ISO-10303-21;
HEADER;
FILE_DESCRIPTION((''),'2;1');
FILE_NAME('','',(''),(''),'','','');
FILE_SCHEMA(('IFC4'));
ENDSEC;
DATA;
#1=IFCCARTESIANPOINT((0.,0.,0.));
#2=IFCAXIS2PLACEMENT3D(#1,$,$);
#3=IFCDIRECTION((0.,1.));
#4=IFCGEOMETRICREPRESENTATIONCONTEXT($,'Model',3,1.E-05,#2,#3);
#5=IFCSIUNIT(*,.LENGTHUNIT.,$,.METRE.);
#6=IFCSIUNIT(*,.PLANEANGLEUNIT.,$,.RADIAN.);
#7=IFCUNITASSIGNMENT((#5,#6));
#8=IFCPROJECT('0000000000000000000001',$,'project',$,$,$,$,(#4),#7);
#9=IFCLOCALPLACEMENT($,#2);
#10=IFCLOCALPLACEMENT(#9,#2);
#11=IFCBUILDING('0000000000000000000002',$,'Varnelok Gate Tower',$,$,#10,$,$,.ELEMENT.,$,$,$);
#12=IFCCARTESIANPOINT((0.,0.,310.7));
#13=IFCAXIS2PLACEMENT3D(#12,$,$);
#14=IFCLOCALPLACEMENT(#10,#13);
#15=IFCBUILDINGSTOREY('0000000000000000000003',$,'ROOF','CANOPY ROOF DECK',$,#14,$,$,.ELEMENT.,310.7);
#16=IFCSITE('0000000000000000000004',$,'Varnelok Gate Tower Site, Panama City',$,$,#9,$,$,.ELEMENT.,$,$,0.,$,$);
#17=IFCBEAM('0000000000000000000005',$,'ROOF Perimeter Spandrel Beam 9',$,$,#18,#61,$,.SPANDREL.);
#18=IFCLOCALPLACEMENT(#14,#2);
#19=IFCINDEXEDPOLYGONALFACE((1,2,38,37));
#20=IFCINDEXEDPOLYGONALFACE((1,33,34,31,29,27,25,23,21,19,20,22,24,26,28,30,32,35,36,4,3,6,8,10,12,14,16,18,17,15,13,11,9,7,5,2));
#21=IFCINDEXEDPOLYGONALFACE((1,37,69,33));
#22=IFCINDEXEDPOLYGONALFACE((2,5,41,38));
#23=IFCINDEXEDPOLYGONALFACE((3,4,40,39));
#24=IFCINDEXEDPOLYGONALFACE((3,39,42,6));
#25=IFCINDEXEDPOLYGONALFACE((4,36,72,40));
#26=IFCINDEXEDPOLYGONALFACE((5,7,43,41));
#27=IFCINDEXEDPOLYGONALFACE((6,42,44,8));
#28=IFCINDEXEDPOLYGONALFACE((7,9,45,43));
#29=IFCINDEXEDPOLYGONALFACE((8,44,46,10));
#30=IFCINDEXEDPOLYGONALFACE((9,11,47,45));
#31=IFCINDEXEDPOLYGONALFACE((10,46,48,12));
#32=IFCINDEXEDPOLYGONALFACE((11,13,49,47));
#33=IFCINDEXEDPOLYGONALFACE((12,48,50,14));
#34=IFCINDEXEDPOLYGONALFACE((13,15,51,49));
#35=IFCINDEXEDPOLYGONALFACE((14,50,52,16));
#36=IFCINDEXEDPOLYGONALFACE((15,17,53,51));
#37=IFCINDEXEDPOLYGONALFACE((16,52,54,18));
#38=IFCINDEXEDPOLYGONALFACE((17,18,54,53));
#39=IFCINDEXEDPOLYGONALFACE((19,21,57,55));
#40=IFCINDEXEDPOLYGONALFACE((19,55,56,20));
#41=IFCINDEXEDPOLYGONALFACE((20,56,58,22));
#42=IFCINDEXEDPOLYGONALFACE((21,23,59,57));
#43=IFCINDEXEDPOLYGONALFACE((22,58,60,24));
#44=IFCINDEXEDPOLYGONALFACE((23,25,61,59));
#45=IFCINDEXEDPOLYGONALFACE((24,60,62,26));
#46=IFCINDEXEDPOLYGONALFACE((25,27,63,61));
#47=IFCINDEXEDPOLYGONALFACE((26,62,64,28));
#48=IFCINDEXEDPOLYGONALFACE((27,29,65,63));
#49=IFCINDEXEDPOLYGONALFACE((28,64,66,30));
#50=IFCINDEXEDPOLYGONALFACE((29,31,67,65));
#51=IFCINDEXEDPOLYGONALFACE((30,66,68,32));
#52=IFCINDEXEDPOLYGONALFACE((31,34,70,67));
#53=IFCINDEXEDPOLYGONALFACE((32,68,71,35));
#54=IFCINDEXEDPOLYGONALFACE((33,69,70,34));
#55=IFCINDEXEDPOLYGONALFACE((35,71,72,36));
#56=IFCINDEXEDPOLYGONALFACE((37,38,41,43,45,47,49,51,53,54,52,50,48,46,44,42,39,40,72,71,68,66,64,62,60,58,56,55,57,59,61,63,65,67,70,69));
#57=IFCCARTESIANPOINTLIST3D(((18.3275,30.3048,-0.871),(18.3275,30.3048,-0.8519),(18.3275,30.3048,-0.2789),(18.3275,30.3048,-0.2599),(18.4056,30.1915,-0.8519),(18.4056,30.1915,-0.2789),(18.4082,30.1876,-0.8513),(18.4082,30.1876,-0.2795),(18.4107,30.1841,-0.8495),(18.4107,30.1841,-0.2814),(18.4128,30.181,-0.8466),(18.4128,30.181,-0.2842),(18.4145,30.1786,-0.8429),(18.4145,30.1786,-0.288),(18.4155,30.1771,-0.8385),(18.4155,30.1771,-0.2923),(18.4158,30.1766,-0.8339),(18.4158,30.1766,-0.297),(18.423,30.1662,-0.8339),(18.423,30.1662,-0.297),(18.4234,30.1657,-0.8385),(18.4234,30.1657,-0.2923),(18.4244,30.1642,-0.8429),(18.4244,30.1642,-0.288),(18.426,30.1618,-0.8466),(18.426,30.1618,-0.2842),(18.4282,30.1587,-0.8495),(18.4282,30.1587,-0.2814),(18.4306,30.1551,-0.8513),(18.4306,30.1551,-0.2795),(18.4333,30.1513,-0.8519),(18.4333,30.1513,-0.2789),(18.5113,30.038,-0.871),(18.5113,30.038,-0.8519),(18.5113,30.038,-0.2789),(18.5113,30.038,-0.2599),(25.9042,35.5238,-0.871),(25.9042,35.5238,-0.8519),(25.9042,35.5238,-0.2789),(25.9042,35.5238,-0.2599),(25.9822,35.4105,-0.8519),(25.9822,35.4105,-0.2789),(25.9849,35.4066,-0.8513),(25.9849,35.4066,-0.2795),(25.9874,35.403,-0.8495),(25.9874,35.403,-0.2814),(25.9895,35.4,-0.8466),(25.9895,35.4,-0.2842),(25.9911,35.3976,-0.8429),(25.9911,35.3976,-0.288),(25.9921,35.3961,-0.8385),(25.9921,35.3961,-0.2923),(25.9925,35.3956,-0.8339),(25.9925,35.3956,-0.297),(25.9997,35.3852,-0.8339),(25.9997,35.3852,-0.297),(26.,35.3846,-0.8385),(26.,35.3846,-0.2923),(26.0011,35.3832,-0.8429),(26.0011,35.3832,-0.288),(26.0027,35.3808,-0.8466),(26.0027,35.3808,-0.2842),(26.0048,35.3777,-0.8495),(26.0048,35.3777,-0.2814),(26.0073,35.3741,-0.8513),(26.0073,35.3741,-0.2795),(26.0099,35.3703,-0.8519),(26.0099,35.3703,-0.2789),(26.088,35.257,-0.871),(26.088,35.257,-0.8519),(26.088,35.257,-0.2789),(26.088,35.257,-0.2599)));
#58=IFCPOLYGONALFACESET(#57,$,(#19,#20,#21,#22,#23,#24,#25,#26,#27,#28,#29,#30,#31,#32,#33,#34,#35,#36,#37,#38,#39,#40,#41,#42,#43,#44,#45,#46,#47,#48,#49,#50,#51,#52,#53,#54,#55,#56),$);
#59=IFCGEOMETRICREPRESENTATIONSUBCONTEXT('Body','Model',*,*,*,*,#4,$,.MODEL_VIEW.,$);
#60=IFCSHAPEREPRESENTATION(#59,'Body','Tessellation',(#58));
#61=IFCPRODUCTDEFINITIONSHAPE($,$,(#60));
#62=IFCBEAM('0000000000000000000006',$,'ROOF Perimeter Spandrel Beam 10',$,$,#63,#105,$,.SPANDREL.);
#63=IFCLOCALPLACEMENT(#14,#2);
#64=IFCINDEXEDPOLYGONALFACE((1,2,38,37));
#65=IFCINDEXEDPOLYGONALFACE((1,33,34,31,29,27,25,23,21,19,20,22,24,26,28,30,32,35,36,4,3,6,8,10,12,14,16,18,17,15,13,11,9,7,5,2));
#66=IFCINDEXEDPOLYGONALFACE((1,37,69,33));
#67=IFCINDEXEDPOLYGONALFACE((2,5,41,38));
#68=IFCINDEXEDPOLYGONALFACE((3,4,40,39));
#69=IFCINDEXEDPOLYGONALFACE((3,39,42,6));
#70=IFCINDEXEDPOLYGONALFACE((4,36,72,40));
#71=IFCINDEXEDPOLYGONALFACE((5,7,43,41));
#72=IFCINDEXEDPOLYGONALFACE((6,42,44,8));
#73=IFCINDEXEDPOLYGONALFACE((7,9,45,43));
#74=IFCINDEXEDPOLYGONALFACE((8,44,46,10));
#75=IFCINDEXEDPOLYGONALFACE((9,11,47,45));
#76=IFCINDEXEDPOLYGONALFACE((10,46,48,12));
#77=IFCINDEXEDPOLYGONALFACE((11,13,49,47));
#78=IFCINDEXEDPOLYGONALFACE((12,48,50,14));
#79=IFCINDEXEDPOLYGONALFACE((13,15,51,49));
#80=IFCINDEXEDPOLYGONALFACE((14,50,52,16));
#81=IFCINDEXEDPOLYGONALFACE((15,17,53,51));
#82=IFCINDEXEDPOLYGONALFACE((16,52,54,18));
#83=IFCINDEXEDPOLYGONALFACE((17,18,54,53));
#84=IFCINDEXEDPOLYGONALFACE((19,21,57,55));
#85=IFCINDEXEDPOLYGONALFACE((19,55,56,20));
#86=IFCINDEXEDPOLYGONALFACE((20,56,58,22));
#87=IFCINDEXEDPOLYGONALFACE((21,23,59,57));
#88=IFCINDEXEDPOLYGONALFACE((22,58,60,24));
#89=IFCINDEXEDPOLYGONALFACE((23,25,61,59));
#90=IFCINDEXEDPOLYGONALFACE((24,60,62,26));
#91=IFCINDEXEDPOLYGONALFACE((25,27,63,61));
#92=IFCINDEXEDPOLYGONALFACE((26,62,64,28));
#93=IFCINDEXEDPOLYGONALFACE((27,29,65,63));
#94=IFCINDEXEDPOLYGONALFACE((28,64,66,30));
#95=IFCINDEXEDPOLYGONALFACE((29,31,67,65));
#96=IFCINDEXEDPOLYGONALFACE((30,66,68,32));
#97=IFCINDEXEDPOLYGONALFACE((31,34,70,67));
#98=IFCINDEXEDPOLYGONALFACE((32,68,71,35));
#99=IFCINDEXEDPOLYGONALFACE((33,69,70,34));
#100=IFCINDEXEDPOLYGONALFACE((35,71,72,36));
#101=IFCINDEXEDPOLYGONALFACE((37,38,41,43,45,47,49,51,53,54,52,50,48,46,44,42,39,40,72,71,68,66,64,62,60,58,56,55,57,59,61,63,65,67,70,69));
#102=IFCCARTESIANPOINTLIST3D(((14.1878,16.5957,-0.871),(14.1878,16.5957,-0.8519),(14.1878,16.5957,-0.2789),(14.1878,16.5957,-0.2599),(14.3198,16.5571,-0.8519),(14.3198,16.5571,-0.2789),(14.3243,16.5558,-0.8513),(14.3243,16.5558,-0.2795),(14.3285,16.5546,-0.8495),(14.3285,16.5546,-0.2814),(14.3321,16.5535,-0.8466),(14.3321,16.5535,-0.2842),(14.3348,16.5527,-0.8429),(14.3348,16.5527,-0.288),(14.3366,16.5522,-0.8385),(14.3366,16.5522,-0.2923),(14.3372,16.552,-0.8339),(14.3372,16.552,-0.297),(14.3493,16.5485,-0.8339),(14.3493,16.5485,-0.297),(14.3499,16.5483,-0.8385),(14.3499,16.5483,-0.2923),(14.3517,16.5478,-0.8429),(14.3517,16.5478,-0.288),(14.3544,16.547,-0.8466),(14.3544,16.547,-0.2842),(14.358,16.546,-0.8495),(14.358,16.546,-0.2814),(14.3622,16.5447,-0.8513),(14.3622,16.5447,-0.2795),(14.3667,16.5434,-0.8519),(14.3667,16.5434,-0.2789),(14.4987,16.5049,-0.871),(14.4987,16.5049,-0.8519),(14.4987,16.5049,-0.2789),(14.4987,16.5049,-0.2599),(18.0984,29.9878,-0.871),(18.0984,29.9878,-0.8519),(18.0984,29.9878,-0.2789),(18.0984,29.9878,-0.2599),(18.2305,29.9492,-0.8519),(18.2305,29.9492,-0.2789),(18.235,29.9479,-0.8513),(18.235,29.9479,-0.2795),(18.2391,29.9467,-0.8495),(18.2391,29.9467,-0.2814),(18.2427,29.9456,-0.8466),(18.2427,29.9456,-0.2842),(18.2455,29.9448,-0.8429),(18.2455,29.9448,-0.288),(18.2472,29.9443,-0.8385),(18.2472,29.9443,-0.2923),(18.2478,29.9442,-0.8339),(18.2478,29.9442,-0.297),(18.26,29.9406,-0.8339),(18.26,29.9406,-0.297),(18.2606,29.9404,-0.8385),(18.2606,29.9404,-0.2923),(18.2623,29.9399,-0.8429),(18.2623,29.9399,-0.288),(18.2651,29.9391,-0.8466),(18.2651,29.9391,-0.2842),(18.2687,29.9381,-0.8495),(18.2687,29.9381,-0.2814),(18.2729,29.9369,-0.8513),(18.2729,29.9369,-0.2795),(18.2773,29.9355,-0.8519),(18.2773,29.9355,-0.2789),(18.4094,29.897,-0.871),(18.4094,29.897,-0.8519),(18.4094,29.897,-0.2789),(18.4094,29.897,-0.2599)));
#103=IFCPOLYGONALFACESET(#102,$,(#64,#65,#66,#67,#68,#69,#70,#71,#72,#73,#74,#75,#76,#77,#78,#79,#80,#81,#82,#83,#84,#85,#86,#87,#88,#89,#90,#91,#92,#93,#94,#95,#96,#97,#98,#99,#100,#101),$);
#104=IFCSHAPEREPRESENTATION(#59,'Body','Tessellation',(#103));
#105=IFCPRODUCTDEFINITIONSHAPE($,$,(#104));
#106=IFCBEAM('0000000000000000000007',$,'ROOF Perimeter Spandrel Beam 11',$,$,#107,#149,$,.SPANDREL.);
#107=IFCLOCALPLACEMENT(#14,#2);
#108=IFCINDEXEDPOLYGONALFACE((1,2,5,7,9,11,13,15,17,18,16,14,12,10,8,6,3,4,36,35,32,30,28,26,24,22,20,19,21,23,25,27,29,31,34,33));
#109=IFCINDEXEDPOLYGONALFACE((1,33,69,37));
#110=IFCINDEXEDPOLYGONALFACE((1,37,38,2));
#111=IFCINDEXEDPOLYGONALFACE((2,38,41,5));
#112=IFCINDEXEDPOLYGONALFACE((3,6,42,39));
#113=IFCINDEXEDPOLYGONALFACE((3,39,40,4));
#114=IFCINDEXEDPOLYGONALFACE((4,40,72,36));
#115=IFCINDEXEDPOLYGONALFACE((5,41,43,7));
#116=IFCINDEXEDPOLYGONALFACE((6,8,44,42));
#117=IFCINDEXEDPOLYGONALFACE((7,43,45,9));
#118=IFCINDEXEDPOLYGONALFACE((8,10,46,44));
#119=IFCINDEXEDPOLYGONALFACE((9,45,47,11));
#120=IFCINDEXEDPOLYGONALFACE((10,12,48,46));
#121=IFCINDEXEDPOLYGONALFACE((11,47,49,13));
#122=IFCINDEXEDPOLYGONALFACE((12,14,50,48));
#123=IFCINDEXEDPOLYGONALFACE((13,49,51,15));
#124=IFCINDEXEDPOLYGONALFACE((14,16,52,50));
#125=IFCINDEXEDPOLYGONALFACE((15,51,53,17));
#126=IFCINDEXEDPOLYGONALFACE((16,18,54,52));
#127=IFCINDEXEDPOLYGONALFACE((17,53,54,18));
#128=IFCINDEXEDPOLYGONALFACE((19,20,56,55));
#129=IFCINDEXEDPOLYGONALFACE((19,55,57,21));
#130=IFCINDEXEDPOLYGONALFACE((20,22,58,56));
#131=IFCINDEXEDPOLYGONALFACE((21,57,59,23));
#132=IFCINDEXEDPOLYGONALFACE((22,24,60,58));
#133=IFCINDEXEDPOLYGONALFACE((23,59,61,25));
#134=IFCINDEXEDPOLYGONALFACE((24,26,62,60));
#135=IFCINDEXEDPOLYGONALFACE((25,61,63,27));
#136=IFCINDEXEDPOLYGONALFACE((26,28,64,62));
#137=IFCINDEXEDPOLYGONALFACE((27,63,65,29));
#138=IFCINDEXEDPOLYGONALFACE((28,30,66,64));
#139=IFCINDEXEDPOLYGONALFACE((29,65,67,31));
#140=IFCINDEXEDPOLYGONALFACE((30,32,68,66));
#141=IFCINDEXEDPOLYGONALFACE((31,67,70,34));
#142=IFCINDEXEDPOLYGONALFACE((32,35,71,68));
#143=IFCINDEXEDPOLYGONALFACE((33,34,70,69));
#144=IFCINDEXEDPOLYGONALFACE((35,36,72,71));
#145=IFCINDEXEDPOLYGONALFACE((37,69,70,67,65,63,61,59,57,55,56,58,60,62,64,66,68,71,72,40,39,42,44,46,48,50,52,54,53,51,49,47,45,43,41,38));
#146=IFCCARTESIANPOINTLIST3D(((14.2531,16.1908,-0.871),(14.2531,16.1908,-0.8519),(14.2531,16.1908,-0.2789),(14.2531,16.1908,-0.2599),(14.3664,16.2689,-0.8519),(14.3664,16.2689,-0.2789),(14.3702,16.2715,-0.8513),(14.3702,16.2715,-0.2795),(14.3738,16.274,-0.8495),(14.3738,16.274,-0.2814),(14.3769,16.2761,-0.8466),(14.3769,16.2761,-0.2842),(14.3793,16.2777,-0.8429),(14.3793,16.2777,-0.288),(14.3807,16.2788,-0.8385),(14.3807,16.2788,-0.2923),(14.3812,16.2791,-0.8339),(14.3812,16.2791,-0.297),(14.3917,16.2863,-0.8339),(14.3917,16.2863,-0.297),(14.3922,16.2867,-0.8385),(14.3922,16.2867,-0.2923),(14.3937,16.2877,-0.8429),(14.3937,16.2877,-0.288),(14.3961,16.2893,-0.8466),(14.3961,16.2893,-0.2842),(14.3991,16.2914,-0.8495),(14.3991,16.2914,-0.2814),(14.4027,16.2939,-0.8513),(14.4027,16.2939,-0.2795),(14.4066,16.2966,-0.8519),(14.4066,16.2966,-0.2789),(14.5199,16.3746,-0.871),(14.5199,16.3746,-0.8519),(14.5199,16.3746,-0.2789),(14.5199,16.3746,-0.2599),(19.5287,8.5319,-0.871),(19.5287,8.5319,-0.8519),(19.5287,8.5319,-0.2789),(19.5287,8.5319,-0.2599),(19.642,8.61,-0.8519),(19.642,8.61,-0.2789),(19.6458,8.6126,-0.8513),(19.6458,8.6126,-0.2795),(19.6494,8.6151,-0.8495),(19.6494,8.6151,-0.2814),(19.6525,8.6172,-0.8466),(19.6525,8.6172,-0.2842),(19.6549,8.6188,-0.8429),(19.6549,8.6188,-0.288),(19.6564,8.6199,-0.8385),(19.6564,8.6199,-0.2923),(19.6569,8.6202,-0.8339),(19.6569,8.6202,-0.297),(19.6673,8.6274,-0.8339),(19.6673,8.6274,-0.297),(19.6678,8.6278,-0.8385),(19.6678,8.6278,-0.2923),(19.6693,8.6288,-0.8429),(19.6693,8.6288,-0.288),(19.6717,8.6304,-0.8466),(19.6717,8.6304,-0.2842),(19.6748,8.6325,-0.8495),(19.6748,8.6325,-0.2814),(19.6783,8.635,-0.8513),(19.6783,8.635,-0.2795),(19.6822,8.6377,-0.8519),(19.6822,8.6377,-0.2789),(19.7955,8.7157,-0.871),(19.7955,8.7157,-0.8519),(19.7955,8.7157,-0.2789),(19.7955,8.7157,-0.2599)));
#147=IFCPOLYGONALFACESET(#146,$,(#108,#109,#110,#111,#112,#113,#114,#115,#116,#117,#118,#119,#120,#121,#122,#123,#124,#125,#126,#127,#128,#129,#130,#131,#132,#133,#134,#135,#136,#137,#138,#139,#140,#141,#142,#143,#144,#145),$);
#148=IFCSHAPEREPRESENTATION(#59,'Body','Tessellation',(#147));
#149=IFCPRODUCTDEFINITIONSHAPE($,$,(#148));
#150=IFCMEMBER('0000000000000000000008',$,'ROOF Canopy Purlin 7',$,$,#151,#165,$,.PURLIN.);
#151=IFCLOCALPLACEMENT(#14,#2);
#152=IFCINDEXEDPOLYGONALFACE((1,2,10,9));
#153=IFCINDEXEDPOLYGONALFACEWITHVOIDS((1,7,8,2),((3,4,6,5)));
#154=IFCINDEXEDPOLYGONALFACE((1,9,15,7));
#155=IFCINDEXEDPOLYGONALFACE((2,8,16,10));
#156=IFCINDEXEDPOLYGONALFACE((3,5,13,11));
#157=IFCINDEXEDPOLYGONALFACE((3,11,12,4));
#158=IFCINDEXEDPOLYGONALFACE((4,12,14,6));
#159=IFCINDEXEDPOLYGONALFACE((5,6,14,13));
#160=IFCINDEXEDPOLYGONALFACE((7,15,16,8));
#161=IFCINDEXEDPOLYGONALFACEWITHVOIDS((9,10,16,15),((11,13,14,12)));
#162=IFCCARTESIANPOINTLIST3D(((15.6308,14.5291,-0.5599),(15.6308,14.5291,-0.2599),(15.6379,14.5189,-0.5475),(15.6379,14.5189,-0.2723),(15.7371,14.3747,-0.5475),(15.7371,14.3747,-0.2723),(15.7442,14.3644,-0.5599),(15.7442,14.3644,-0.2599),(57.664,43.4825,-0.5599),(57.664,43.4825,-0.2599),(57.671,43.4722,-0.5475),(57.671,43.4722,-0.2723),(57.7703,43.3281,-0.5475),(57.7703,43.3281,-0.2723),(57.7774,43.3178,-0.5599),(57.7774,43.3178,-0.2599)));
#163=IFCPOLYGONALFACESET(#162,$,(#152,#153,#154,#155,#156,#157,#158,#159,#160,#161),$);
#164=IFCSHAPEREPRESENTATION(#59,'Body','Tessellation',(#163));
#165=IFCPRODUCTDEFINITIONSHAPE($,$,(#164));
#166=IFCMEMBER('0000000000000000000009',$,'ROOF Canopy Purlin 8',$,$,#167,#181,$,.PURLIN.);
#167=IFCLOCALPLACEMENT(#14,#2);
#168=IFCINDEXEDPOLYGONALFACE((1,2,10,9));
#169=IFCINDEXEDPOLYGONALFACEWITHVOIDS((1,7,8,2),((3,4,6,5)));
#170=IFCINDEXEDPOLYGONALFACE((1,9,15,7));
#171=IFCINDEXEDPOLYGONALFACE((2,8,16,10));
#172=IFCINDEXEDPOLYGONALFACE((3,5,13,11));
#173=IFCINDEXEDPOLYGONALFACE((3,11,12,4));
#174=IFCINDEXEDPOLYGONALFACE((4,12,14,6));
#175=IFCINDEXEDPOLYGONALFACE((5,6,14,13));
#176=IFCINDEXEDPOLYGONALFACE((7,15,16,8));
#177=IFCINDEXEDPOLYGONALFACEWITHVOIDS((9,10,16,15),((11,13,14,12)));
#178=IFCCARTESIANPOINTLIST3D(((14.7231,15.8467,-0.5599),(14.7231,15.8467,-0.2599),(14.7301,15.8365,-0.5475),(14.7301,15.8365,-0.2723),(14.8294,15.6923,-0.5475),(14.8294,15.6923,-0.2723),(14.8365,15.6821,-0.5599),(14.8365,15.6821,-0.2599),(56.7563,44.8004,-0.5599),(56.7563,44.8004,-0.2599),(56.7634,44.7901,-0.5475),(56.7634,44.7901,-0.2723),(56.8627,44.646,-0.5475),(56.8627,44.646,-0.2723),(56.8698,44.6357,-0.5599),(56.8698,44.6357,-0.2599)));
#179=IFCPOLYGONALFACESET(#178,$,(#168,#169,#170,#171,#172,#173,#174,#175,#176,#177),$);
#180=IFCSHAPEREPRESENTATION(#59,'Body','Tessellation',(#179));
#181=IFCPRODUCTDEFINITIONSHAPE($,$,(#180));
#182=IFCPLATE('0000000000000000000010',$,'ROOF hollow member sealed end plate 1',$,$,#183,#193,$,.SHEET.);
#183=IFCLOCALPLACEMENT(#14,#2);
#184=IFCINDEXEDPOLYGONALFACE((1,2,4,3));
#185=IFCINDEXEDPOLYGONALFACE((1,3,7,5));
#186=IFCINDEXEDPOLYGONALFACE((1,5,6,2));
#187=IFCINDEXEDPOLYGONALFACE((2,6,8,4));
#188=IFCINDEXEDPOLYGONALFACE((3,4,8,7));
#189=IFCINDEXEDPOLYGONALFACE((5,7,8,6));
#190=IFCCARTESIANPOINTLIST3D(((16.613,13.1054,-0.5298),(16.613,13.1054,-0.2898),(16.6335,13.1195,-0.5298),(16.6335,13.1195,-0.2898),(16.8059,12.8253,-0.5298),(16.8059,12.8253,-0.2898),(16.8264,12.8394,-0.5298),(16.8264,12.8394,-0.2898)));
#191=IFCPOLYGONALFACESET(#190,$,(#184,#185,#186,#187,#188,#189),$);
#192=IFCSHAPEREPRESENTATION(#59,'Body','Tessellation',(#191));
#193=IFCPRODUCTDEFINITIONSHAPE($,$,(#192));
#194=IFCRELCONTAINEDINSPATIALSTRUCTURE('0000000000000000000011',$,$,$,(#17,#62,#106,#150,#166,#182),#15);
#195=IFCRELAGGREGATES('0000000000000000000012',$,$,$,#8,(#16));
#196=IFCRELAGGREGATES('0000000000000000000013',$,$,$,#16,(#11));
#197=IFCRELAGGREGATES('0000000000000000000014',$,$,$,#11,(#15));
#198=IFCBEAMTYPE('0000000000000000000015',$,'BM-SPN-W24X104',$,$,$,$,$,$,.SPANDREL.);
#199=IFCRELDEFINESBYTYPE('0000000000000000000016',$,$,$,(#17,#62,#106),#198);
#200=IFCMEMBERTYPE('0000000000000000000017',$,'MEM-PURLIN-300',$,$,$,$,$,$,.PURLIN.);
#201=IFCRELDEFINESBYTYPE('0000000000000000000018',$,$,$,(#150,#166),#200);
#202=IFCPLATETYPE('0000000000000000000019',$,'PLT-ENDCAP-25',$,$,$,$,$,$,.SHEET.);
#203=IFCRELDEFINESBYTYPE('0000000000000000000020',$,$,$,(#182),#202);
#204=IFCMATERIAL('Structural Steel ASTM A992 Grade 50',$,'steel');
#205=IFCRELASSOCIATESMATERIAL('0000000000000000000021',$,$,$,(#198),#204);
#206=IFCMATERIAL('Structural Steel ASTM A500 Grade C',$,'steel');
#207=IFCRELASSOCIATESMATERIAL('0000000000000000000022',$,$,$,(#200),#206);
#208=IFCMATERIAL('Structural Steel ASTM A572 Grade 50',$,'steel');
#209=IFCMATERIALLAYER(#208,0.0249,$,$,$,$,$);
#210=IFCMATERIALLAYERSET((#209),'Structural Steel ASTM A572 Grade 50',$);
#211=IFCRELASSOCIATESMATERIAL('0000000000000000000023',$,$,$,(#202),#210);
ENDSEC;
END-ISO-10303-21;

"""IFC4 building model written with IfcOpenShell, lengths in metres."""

from ifc_helpers import new_model, si_unit, direction, frame, origin, origin_2d, place, context, subcontext, project, spatial, rectangle, hollow_rectangle, i_section, extrude, source, transform, mapped, material, layer, layer_set, material_profile, profile_set, type_object, element, save


model = new_model("IFC4")

# Units and contexts
model_context = context("Model", 3, precision=1e-05, world=origin(), true_north=direction((0.0, 1.0)))
body_context = subcontext(model_context, "Body", "Model", "MODEL_VIEW")
ifc_project = project(units=[si_unit("LENGTHUNIT", "METRE"), si_unit("PLANEANGLEUNIT", "RADIAN")], contexts=[model_context])

# Site, building, storey
site_placement = place(None, origin())
site = spatial("IfcSite", under=ifc_project, at=site_placement, Name="Varnelok Gate Tower Site, Panama City", CompositionType="ELEMENT", RefElevation=0.0)
building_placement = place(site_placement, origin())
building = spatial("IfcBuilding", under=site, at=building_placement, Name="Varnelok Gate Tower", CompositionType="ELEMENT")
storey_placement = place(building_placement, frame((0.0, 0.0, 310.7)))
storey = spatial("IfcBuildingStorey", under=building, at=storey_placement, Name="ROOF", Description="CANOPY ROOF DECK", CompositionType="ELEMENT", Elevation=310.7)

# Beams
ifc_material_1 = material(Name="Structural Steel ASTM A992 Grade 50", Category="steel")
ifc_material_profile_1 = material_profile(ifc_material_1, i_section(OverallWidth=0.324, OverallDepth=0.6111, WebThickness=0.0127, FlangeThickness=0.019, FilletRadius=0.0181, at=origin_2d()), Name="W24X104")
ifc_profile_set_1 = profile_set([ifc_material_profile_1], Name="Structural Steel ASTM A992 Grade 50")
beam_type_1 = type_object("IfcBeamType", Name="BM-SPN-W24X104", PredefinedType="SPANDREL", material=ifc_profile_set_1)
beam_1_placement = place(storey_placement, frame((25.9961, 35.3904, -0.5654), z_axis=(-0.823532, -0.56727, 0.0), x_axis=(0.56727, -0.823532, 0.0)))
element("IfcBeam", 1, at=beam_1_placement, inside=storey, type_object=beam_type_1, Name="ROOF Perimeter Spandrel Beam 9", PredefinedType="SPANDREL", context=body_context, shape_type="SweptSolid", body=[
    extrude(i_section(OverallWidth=0.324, OverallDepth=0.6111, WebThickness=0.0127, FlangeThickness=0.019, FilletRadius=0.0181, at=origin_2d()), origin(), (0.0, 0.0, 1.0), 9.2002),
])
beam_2_placement = place(storey_placement, frame((18.2539, 29.9424, -0.5654), z_axis=(-0.280305, -0.959911, 0.0), x_axis=(0.959911, -0.280305, 0.0)))
element("IfcBeam", 2, at=beam_2_placement, inside=storey, type_object=beam_type_1, Name="ROOF Perimeter Spandrel Beam 10", PredefinedType="SPANDREL", context=body_context, shape_type="SweptSolid", body=[
    extrude(i_section(OverallWidth=0.324, OverallDepth=0.6111, WebThickness=0.0127, FlangeThickness=0.019, FilletRadius=0.0181, at=origin_2d()), origin(), (0.0, 0.0, 1.0), 13.9514),
])
beam_3_placement = place(storey_placement, frame((14.3865, 16.2827, -0.5654), z_axis=(0.567267, -0.823534, 0.0), x_axis=(0.823534, 0.567267, 0.0)))
element("IfcBeam", 3, at=beam_3_placement, inside=storey, type_object=beam_type_1, Name="ROOF Perimeter Spandrel Beam 11", PredefinedType="SPANDREL", context=body_context, shape_type="SweptSolid", body=[
    extrude(i_section(OverallWidth=0.324, OverallDepth=0.6111, WebThickness=0.0127, FlangeThickness=0.019, FilletRadius=0.0181, at=origin_2d()), origin(), (0.0, 0.0, 1.0), 9.3),
])

# Members
ifc_material_2 = material(Name="Structural Steel ASTM A500 Grade C", Category="steel")
ifc_material_profile_2 = material_profile(ifc_material_2, hollow_rectangle(XDim=0.2, YDim=0.3, WallThickness=0.0125, at=origin_2d()), Name="HSS300X200X12")
ifc_profile_set_2 = profile_set([ifc_material_profile_2], Name="Structural Steel ASTM A500 Grade C")
member_type = type_object("IfcMemberType", Name="MEM-PURLIN-300", PredefinedType="PURLIN", material=ifc_profile_set_2)
member_1_placement = place(storey_placement, frame((15.6875, 14.4468, -0.4099), z_axis=(0.823534, 0.567268, 0.0), x_axis=(-0.567268, 0.823534, 0.0)))
element("IfcMember", 4, at=member_1_placement, inside=storey, type_object=member_type, Name="ROOF Canopy Purlin 7", PredefinedType="PURLIN", context=body_context, shape_type="SweptSolid", body=[
    extrude(hollow_rectangle(XDim=0.2, YDim=0.3, WallThickness=0.0125, at=origin_2d()), origin(), (0.0, 0.0, 1.0), 51.04),
])
member_2_placement = place(storey_placement, frame((14.7798, 15.7644, -0.4099), z_axis=(0.823531, 0.567271, 0.0), x_axis=(-0.567271, 0.823531, 0.0)))
element("IfcMember", 5, at=member_2_placement, inside=storey, type_object=member_type, Name="ROOF Canopy Purlin 8", PredefinedType="PURLIN", context=body_context, shape_type="SweptSolid", body=[
    extrude(hollow_rectangle(XDim=0.2, YDim=0.3, WallThickness=0.0125, at=origin_2d()), origin(), (0.0, 0.0, 1.0), 51.0403),
])

# Plate
ifc_material_3 = material(Name="Structural Steel ASTM A572 Grade 50", Category="steel")
ifc_layer_1 = layer(ifc_material_3, 0.0249)
ifc_layer_set_1 = layer_set([ifc_layer_1], Name="Structural Steel ASTM A572 Grade 50")
plate_type = type_object("IfcPlateType", Name="PLT-ENDCAP-25", PredefinedType="SHEET", material=ifc_layer_set_1)
shared_shape_1 = source(origin(), body_context, "Body", "SweptSolid", [
    extrude(rectangle(XDim=0.0249, YDim=0.3401, at=origin_2d()), origin(), (0.0, 0.0, 1.0), 0.24),
])
for number, where, z_axis, x_axis, name in (
    (6, (16.7197, 12.9724, -0.5298), (0.0, 0.0, 1.0), (0.823533, 0.567269, 0.0), "ROOF hollow member sealed end plate 1"),
):
    element("IfcPlate", number, at=place(storey_placement, frame(where, z_axis=z_axis, x_axis=x_axis)), inside=storey, type_object=plate_type, Name=name, PredefinedType="SHEET", context=body_context, shape_type="MappedRepresentation", body=[
        mapped(shared_shape_1, transform((0.0, 0.0, 0.0), scale=1.0)),
    ])

save(model, "model.ifc")
